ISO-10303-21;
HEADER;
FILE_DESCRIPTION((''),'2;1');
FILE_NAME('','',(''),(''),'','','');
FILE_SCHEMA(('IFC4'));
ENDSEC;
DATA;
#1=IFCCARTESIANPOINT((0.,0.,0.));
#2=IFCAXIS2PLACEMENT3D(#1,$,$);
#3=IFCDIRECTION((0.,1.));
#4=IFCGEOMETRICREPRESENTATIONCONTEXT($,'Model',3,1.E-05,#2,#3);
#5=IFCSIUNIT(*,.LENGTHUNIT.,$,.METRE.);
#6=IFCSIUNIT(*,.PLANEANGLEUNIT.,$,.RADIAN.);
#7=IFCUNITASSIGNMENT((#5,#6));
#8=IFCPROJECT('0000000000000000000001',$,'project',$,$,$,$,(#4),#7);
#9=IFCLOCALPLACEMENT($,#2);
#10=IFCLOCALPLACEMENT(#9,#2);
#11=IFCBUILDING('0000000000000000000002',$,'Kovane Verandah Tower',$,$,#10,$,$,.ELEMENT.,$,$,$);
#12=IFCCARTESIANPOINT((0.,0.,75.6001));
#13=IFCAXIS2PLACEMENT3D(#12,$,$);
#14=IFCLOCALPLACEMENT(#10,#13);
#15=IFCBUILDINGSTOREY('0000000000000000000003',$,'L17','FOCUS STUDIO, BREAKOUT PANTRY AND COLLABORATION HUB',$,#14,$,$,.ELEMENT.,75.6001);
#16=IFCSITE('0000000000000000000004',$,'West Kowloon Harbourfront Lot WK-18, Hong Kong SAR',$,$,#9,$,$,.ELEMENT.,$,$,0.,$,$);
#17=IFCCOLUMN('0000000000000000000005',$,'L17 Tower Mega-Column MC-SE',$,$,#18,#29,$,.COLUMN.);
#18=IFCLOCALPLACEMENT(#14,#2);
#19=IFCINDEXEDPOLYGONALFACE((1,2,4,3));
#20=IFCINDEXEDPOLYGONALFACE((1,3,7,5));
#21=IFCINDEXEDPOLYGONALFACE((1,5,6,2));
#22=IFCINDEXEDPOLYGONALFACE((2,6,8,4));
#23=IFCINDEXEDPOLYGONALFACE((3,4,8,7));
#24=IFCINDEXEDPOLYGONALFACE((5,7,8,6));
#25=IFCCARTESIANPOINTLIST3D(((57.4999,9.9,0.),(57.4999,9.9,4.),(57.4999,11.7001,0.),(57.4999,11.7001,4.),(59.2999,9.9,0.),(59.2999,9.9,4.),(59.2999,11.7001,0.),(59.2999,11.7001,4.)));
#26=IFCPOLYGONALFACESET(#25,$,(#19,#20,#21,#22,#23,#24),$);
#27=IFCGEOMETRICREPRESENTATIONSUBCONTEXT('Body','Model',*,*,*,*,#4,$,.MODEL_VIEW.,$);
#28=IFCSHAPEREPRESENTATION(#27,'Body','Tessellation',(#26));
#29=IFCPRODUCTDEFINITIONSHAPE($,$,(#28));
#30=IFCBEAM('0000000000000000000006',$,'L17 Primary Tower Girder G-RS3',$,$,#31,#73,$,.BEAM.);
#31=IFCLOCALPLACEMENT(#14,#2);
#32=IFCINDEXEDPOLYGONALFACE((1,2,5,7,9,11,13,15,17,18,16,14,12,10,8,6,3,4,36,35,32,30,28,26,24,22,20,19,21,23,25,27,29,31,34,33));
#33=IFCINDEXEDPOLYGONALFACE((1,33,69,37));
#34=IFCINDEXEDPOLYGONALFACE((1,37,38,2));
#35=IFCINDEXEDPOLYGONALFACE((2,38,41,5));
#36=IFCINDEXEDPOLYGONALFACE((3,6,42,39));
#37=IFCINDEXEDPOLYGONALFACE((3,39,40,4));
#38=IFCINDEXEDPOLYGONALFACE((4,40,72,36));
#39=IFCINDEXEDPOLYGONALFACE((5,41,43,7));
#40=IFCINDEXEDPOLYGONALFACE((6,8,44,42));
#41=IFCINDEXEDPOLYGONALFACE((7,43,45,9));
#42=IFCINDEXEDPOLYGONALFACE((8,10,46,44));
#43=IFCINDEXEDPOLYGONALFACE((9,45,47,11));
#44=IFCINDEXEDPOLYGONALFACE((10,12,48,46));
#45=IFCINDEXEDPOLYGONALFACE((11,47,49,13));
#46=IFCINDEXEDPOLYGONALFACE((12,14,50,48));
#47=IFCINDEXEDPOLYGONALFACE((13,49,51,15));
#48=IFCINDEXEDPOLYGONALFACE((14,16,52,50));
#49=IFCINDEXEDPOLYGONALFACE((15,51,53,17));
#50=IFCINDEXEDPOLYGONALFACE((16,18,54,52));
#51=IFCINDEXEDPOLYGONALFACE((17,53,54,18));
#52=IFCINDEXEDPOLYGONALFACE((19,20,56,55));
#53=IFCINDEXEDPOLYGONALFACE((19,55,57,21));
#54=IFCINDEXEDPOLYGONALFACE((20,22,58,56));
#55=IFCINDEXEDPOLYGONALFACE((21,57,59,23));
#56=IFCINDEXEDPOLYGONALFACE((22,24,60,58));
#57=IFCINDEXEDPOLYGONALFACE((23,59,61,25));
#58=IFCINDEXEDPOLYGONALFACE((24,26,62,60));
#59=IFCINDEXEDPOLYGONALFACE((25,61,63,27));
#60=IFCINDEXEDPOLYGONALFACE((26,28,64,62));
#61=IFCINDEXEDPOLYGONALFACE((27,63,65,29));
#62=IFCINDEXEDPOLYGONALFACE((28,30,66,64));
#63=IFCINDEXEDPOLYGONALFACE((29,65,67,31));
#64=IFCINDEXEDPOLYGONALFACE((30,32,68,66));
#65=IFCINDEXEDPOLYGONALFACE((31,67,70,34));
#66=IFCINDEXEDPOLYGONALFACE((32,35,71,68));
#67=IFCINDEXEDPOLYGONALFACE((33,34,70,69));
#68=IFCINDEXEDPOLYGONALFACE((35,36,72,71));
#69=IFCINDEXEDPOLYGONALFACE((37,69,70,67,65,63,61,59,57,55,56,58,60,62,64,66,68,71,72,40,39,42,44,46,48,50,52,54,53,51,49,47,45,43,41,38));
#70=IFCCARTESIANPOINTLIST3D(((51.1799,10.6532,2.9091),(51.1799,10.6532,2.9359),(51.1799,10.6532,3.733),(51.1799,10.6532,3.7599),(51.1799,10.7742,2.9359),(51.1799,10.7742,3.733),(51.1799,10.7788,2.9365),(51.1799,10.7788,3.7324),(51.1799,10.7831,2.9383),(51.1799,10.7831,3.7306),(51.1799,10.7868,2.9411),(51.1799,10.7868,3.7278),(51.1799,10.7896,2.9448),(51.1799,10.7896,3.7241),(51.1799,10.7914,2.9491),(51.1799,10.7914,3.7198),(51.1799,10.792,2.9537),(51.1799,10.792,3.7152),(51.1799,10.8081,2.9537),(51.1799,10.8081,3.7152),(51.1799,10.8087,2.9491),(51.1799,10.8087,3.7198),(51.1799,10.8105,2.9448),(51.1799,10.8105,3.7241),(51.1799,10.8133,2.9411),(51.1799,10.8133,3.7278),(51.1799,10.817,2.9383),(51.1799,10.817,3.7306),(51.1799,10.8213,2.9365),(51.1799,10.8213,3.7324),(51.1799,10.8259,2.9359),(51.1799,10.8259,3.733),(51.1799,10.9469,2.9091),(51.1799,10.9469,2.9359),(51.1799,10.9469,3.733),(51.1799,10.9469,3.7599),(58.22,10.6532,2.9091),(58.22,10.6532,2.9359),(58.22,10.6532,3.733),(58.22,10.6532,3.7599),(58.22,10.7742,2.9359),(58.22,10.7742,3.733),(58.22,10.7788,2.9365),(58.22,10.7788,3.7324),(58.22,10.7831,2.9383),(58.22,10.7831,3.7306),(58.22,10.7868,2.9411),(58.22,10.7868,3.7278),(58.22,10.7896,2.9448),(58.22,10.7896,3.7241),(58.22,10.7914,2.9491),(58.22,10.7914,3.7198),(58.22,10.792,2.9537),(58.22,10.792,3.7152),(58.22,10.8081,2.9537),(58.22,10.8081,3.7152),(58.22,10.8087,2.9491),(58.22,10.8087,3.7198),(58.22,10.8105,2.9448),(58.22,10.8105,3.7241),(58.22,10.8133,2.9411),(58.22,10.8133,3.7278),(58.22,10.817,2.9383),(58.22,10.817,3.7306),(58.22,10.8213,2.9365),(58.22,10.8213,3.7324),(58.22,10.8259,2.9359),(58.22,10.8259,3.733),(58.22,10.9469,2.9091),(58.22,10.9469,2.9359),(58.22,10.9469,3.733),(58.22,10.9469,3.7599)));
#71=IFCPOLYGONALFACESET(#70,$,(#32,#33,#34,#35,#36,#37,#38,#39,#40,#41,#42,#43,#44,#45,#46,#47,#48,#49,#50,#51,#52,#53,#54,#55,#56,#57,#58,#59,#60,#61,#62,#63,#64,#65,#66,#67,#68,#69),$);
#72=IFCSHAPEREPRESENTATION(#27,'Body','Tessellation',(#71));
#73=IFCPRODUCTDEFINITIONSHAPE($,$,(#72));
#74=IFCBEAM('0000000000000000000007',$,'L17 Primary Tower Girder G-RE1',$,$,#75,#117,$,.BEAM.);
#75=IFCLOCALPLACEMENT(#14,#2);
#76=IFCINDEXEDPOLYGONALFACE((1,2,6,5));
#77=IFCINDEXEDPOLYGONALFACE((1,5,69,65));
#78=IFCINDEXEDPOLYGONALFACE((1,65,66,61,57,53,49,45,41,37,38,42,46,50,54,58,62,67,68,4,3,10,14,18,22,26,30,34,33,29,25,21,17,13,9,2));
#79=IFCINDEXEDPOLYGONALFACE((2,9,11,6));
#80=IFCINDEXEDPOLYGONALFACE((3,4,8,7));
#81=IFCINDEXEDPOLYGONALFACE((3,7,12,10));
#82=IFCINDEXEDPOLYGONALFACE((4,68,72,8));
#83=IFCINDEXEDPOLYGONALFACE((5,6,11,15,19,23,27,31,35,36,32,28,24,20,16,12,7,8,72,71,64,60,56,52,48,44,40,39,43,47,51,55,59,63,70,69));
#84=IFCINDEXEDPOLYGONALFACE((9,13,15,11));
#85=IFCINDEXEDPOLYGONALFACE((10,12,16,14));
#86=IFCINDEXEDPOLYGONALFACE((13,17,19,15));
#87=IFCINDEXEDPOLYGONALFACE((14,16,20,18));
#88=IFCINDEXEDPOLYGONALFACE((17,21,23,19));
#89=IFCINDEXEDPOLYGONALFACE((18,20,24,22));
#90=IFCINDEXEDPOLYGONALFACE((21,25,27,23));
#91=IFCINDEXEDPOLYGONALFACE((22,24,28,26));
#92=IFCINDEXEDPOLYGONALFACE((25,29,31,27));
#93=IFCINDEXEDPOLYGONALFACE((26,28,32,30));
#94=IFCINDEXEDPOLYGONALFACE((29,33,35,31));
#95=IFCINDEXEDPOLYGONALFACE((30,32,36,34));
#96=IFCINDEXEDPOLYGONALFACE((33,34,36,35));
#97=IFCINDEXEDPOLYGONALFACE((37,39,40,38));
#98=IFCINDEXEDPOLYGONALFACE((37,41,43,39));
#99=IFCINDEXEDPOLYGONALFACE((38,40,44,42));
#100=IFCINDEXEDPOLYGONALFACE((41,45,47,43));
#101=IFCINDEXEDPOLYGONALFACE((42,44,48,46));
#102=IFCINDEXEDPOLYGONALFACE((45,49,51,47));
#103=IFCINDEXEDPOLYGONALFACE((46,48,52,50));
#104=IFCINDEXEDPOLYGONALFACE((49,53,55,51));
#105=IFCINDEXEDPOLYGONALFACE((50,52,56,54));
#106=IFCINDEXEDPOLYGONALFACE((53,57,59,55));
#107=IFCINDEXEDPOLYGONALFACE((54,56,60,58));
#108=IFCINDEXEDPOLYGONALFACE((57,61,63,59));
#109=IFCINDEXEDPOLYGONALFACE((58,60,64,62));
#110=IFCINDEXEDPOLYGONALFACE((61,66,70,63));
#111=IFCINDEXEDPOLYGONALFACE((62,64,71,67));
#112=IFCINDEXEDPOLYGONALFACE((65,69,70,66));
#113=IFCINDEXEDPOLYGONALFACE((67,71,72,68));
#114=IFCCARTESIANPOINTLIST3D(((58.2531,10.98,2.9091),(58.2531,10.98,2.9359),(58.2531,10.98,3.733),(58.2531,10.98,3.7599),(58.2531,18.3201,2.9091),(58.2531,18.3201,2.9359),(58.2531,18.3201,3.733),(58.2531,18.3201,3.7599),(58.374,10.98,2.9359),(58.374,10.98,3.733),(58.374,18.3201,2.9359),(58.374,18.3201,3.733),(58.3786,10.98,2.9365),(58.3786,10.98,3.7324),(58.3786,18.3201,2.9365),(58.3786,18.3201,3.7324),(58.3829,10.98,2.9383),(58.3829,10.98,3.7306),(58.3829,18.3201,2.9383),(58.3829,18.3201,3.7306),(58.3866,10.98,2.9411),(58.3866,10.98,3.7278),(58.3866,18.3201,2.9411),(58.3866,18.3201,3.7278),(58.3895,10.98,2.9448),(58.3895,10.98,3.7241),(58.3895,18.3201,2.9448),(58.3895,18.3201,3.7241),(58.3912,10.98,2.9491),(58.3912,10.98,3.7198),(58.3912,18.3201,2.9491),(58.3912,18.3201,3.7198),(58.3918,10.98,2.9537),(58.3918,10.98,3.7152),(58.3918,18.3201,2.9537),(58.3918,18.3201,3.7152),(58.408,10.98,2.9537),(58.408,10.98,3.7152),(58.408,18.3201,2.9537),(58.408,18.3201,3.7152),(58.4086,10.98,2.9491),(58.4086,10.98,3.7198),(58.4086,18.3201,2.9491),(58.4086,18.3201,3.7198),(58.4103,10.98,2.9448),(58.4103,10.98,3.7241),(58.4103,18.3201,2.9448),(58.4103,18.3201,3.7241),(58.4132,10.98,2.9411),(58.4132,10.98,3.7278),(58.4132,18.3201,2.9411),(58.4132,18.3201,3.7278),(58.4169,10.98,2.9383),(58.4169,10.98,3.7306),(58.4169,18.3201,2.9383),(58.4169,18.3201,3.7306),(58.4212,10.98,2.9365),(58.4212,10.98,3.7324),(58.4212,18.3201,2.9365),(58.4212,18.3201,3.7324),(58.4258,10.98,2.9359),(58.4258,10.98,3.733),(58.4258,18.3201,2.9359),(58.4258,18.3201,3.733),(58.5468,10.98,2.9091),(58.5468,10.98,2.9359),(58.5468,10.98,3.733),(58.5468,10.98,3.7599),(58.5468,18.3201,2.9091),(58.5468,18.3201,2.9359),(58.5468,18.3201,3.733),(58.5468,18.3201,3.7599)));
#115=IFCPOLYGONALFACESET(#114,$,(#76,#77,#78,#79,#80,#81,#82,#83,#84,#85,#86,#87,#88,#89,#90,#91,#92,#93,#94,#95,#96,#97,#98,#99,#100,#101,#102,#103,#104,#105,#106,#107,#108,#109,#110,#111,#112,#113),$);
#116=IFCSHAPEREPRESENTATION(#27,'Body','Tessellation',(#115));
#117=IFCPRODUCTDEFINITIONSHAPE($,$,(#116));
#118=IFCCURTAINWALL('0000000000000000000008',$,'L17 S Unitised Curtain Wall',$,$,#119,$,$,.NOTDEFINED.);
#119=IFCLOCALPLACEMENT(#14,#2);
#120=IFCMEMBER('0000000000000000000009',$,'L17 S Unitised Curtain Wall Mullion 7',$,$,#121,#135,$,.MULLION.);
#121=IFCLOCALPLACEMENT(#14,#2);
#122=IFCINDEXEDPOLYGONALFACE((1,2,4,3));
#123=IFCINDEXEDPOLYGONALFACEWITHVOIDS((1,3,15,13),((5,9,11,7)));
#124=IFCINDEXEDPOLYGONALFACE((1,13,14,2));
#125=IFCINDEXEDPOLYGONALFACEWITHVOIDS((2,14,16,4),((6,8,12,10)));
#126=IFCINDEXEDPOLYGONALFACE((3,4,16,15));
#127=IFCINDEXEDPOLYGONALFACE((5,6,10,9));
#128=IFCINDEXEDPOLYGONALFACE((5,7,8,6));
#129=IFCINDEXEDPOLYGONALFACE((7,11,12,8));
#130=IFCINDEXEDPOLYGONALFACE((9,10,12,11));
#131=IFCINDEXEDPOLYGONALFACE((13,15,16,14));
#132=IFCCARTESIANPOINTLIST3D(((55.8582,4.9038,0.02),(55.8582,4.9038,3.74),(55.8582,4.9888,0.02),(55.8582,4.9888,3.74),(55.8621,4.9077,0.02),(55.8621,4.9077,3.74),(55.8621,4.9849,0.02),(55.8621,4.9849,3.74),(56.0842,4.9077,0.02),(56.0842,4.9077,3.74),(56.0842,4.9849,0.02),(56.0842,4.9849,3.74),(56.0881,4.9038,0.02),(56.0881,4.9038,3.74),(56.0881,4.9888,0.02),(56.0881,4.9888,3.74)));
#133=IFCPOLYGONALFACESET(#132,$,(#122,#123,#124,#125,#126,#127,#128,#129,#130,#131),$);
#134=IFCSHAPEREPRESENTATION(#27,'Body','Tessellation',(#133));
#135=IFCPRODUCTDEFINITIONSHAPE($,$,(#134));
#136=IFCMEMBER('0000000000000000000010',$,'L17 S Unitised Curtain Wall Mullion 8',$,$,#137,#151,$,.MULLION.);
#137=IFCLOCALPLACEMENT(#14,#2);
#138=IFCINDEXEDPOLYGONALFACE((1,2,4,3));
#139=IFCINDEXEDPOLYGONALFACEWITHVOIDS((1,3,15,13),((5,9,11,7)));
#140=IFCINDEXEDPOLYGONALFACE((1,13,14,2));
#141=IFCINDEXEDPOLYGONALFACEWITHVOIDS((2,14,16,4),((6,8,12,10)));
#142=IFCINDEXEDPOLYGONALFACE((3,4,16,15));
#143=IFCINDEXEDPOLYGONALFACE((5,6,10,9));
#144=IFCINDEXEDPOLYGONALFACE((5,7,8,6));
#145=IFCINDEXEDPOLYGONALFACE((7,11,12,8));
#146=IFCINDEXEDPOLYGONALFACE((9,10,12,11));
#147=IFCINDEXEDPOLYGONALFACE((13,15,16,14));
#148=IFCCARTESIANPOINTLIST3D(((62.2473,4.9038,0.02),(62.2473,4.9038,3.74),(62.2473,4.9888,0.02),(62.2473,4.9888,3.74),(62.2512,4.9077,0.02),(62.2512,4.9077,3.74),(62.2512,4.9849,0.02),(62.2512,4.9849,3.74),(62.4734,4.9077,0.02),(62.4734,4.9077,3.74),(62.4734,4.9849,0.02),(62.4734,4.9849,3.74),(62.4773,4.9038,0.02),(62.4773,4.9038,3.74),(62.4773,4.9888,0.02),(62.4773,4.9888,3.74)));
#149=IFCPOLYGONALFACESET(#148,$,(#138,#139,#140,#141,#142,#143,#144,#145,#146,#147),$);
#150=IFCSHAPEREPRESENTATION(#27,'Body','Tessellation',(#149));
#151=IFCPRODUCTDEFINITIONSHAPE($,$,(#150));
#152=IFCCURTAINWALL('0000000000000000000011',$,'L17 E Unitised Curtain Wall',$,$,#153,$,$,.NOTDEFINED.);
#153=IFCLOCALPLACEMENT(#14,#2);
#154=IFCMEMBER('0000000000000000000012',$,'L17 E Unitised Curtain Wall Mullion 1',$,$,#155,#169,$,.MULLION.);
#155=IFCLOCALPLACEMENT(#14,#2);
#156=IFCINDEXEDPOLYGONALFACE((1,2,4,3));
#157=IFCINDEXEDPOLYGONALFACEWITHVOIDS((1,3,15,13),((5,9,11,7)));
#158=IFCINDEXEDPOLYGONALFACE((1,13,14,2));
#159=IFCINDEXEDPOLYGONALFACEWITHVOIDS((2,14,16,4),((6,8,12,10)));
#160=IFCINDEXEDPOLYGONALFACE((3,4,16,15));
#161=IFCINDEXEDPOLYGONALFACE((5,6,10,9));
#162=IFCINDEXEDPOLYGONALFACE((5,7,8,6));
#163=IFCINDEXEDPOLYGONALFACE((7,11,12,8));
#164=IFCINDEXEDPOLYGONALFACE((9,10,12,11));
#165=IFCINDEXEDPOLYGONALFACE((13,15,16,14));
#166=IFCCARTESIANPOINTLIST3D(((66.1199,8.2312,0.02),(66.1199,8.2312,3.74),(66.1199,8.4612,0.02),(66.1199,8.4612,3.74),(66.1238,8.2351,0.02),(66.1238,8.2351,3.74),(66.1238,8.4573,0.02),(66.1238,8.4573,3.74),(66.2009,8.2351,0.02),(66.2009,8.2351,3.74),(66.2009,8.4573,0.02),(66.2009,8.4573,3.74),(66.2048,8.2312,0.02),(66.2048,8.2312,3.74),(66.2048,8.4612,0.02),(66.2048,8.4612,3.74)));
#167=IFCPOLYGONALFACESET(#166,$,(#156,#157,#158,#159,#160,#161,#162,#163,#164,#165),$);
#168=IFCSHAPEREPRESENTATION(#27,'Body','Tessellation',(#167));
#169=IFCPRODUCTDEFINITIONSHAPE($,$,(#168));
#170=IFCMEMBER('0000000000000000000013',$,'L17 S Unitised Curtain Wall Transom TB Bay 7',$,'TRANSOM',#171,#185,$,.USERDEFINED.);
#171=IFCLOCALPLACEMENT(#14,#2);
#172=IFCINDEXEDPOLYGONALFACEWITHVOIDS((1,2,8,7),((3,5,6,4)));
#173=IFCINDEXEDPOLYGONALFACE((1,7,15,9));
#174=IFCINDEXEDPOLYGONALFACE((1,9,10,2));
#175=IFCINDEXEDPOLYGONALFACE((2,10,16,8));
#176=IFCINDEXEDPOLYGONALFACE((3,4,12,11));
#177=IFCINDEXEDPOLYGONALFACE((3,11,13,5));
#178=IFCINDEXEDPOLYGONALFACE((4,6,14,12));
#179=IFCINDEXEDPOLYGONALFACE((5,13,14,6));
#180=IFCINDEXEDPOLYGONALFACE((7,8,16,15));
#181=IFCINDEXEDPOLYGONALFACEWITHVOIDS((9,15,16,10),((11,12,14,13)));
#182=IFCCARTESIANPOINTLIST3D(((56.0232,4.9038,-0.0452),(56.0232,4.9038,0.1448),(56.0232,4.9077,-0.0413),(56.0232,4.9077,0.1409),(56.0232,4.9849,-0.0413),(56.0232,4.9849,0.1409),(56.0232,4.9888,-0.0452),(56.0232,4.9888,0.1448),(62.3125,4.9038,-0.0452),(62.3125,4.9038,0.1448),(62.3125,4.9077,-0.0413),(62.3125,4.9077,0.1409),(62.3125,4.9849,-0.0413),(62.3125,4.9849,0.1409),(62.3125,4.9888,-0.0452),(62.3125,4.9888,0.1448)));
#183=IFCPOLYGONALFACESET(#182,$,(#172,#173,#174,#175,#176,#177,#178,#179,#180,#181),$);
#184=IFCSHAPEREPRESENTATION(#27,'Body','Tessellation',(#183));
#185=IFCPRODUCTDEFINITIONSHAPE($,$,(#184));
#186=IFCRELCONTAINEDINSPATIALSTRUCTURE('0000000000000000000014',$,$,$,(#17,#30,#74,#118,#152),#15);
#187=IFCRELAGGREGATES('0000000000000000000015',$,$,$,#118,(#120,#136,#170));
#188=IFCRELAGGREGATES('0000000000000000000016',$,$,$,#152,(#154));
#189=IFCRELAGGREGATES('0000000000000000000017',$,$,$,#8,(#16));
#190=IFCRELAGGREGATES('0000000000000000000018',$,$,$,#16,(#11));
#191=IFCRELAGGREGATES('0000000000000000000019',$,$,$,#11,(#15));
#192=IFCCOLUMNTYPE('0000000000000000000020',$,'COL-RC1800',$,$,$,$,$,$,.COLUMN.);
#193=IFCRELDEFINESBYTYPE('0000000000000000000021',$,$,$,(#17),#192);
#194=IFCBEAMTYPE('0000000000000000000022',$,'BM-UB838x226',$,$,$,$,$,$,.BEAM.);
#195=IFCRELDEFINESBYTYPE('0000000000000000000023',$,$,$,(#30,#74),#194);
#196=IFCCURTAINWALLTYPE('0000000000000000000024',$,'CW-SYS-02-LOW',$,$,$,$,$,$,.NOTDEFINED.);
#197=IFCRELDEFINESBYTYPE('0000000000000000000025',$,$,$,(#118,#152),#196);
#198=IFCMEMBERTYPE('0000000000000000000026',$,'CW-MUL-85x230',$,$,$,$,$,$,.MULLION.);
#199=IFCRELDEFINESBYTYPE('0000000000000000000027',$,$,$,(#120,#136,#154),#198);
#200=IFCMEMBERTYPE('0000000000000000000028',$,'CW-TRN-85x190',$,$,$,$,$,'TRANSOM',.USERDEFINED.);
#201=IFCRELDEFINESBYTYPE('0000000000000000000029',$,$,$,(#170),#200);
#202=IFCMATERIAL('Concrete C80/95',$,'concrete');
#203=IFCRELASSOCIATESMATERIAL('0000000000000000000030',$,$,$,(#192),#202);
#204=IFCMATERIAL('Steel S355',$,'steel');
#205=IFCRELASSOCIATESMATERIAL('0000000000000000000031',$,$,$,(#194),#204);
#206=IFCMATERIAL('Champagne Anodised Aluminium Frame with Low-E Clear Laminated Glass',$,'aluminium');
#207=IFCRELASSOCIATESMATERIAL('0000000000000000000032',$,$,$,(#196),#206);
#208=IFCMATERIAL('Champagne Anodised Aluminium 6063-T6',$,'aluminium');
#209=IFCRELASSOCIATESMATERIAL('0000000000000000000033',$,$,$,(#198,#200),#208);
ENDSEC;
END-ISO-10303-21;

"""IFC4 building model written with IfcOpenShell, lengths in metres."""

from ifc_helpers import new_model, si_unit, direction, frame, origin, origin_2d, place, context, subcontext, project, spatial, rectangle, hollow_rectangle, i_section, extrude, material, material_profile, profile_set, type_object, element, aggregate, save


model = new_model("IFC4")

# Units and contexts
model_context = context("Model", 3, precision=1e-05, world=origin(), true_north=direction((0.0, 1.0)))
body_context = subcontext(model_context, "Body", "Model", "MODEL_VIEW")
ifc_project = project(units=[si_unit("LENGTHUNIT", "METRE"), si_unit("PLANEANGLEUNIT", "RADIAN")], contexts=[model_context])

# Site, building, storey
site_placement = place(None, origin())
site = spatial("IfcSite", under=ifc_project, at=site_placement, Name="West Kowloon Harbourfront Lot WK-18, Hong Kong SAR", CompositionType="ELEMENT", RefElevation=0.0)
building_placement = place(site_placement, origin())
building = spatial("IfcBuilding", under=site, at=building_placement, Name="Kovane Verandah Tower", CompositionType="ELEMENT")
storey_placement = place(building_placement, frame((0.0, 0.0, 75.6001)))
storey = spatial("IfcBuildingStorey", under=building, at=storey_placement, Name="L17", Description="FOCUS STUDIO, BREAKOUT PANTRY AND COLLABORATION HUB", CompositionType="ELEMENT", Elevation=75.6001)

# Column
ifc_material_1 = material(Name="Concrete C80/95", Category="concrete")
ifc_material_profile_1 = material_profile(ifc_material_1, rectangle(XDim=1.8, YDim=1.8, at=origin_2d()), Name="RC1800x1800")
ifc_profile_set_1 = profile_set([ifc_material_profile_1], Name="Concrete C80/95")
column_type = type_object("IfcColumnType", Name="COL-RC1800", PredefinedType="COLUMN", material=ifc_profile_set_1)
column_placement = place(storey_placement, frame((58.3999, 10.8, 0.0), z_axis=(0.0, 0.0, 1.0), x_axis=(1.0, 0.0, 0.0)))
element("IfcColumn", 1, at=column_placement, inside=storey, type_object=column_type, Name="L17 Tower Mega-Column MC-SE", PredefinedType="COLUMN", context=body_context, shape_type="SweptSolid", body=[
    extrude(rectangle(XDim=1.8, YDim=1.8, at=origin_2d()), origin(), (0.0, 0.0, 1.0), 4.0),
])

# Beams
ifc_material_2 = material(Name="Steel S355", Category="steel")
ifc_material_profile_2 = material_profile(ifc_material_2, i_section(OverallWidth=0.2937, OverallDepth=0.8508, WebThickness=0.0161, FlangeThickness=0.0269, FilletRadius=0.0178, at=origin_2d()), Name="UB838x292x226")
ifc_profile_set_2 = profile_set([ifc_material_profile_2], Name="Steel S355")
beam_type_1 = type_object("IfcBeamType", Name="BM-UB838x226", PredefinedType="BEAM", material=ifc_profile_set_2)
beam_1_placement = place(storey_placement, frame((51.1799, 10.8, 3.3345), z_axis=(1.0, 0.0, 0.0), x_axis=(0.0, 1.0, 0.0)))
element("IfcBeam", 2, at=beam_1_placement, inside=storey, type_object=beam_type_1, Name="L17 Primary Tower Girder G-RS3", PredefinedType="BEAM", context=body_context, shape_type="SweptSolid", body=[
    extrude(i_section(OverallWidth=0.2937, OverallDepth=0.8508, WebThickness=0.0161, FlangeThickness=0.0269, FilletRadius=0.0178, at=origin_2d()), origin(), (0.0, 0.0, 1.0), 7.04),
])
beam_2_placement = place(storey_placement, frame((58.3999, 10.98, 3.3345), z_axis=(0.0, 1.0, 0.0), x_axis=(-1.0, 0.0, 0.0)))
element("IfcBeam", 3, at=beam_2_placement, inside=storey, type_object=beam_type_1, Name="L17 Primary Tower Girder G-RE1", PredefinedType="BEAM", context=body_context, shape_type="SweptSolid", body=[
    extrude(i_section(OverallWidth=0.2937, OverallDepth=0.8508, WebThickness=0.0161, FlangeThickness=0.0269, FilletRadius=0.0178, at=origin_2d()), origin(), (0.0, 0.0, 1.0), 7.3401),
])

# Curtain wall, members
ifc_material_3 = material(Name="Champagne Anodised Aluminium Frame with Low-E Clear Laminated Glass", Category="aluminium")
curtain_wall_type = type_object("IfcCurtainWallType", Name="CW-SYS-02-LOW", PredefinedType="NOTDEFINED", material=ifc_material_3)
curtain_wall_1_placement = place(storey_placement, origin())
curtain_wall_1 = element("IfcCurtainWall", 4, at=curtain_wall_1_placement, inside=storey, type_object=curtain_wall_type, Name="L17 S Unitised Curtain Wall", PredefinedType="NOTDEFINED")
ifc_material_4 = material(Name="Champagne Anodised Aluminium 6063-T6", Category="aluminium")
ifc_material_profile_3 = material_profile(ifc_material_4, hollow_rectangle(XDim=0.085, YDim=0.23, WallThickness=0.0039, at=origin_2d()), Name="AL85x230x4")
ifc_profile_set_3 = profile_set([ifc_material_profile_3], Name="Champagne Anodised Aluminium 6063-T6")
member_type_1 = type_object("IfcMemberType", Name="CW-MUL-85x230", PredefinedType="MULLION", material=ifc_profile_set_3)
member_1_placement = place(storey_placement, frame((55.9731, 4.9463, 0.02), z_axis=(0.0, 0.0, 1.0), x_axis=(0.0, -1.0, 0.0)))
member_1 = element("IfcMember", 5, at=member_1_placement, type_object=member_type_1, Name="L17 S Unitised Curtain Wall Mullion 7", PredefinedType="MULLION", context=body_context, shape_type="SweptSolid", body=[
    extrude(hollow_rectangle(XDim=0.085, YDim=0.23, WallThickness=0.0039, at=origin_2d()), origin(), (0.0, 0.0, 1.0), 3.72),
])
member_2_placement = place(storey_placement, frame((62.3623, 4.9463, 0.02), z_axis=(0.0, 0.0, 1.0), x_axis=(0.0, -1.0, 0.0)))
member_2 = element("IfcMember", 6, at=member_2_placement, type_object=member_type_1, Name="L17 S Unitised Curtain Wall Mullion 8", PredefinedType="MULLION", context=body_context, shape_type="SweptSolid", body=[
    extrude(hollow_rectangle(XDim=0.085, YDim=0.23, WallThickness=0.0039, at=origin_2d()), origin(), (0.0, 0.0, 1.0), 3.72),
])

# Curtain wall, member
curtain_wall_2_placement = place(storey_placement, origin())
curtain_wall_2 = element("IfcCurtainWall", 7, at=curtain_wall_2_placement, inside=storey, type_object=curtain_wall_type, Name="L17 E Unitised Curtain Wall", PredefinedType="NOTDEFINED")
member_3_placement = place(storey_placement, frame((66.1624, 8.3462, 0.02), z_axis=(0.0, 0.0, 1.0), x_axis=(1.0, 0.0, 0.0)))
member_3 = element("IfcMember", 8, at=member_3_placement, type_object=member_type_1, Name="L17 E Unitised Curtain Wall Mullion 1", PredefinedType="MULLION", context=body_context, shape_type="SweptSolid", body=[
    extrude(hollow_rectangle(XDim=0.085, YDim=0.23, WallThickness=0.0039, at=origin_2d()), origin(), (0.0, 0.0, 1.0), 3.72),
])

# Member
ifc_material_profile_4 = material_profile(ifc_material_4, hollow_rectangle(XDim=0.085, YDim=0.1899, WallThickness=0.0039, at=origin_2d()), Name="AL85x190x4")
ifc_profile_set_4 = profile_set([ifc_material_profile_4], Name="Champagne Anodised Aluminium 6063-T6")
member_type_2 = type_object("IfcMemberType", Name="CW-TRN-85x190", ElementType="TRANSOM", PredefinedType="USERDEFINED", material=ifc_profile_set_4)
member_4_placement = place(storey_placement, frame((56.0232, 4.9463, 0.0498), z_axis=(1.0, 0.0, 0.0), x_axis=(0.0, 1.0, 0.0)))
member_4 = element("IfcMember", 9, at=member_4_placement, type_object=member_type_2, Name="L17 S Unitised Curtain Wall Transom TB Bay 7", ObjectType="TRANSOM", PredefinedType="USERDEFINED", context=body_context, shape_type="SweptSolid", body=[
    extrude(hollow_rectangle(XDim=0.085, YDim=0.1899, WallThickness=0.0039, at=origin_2d()), origin(), (0.0, 0.0, 1.0), 6.2893),
])

aggregate(curtain_wall_1, [member_1, member_2, member_4])
aggregate(curtain_wall_2, [member_3])

save(model, "model.ifc")
